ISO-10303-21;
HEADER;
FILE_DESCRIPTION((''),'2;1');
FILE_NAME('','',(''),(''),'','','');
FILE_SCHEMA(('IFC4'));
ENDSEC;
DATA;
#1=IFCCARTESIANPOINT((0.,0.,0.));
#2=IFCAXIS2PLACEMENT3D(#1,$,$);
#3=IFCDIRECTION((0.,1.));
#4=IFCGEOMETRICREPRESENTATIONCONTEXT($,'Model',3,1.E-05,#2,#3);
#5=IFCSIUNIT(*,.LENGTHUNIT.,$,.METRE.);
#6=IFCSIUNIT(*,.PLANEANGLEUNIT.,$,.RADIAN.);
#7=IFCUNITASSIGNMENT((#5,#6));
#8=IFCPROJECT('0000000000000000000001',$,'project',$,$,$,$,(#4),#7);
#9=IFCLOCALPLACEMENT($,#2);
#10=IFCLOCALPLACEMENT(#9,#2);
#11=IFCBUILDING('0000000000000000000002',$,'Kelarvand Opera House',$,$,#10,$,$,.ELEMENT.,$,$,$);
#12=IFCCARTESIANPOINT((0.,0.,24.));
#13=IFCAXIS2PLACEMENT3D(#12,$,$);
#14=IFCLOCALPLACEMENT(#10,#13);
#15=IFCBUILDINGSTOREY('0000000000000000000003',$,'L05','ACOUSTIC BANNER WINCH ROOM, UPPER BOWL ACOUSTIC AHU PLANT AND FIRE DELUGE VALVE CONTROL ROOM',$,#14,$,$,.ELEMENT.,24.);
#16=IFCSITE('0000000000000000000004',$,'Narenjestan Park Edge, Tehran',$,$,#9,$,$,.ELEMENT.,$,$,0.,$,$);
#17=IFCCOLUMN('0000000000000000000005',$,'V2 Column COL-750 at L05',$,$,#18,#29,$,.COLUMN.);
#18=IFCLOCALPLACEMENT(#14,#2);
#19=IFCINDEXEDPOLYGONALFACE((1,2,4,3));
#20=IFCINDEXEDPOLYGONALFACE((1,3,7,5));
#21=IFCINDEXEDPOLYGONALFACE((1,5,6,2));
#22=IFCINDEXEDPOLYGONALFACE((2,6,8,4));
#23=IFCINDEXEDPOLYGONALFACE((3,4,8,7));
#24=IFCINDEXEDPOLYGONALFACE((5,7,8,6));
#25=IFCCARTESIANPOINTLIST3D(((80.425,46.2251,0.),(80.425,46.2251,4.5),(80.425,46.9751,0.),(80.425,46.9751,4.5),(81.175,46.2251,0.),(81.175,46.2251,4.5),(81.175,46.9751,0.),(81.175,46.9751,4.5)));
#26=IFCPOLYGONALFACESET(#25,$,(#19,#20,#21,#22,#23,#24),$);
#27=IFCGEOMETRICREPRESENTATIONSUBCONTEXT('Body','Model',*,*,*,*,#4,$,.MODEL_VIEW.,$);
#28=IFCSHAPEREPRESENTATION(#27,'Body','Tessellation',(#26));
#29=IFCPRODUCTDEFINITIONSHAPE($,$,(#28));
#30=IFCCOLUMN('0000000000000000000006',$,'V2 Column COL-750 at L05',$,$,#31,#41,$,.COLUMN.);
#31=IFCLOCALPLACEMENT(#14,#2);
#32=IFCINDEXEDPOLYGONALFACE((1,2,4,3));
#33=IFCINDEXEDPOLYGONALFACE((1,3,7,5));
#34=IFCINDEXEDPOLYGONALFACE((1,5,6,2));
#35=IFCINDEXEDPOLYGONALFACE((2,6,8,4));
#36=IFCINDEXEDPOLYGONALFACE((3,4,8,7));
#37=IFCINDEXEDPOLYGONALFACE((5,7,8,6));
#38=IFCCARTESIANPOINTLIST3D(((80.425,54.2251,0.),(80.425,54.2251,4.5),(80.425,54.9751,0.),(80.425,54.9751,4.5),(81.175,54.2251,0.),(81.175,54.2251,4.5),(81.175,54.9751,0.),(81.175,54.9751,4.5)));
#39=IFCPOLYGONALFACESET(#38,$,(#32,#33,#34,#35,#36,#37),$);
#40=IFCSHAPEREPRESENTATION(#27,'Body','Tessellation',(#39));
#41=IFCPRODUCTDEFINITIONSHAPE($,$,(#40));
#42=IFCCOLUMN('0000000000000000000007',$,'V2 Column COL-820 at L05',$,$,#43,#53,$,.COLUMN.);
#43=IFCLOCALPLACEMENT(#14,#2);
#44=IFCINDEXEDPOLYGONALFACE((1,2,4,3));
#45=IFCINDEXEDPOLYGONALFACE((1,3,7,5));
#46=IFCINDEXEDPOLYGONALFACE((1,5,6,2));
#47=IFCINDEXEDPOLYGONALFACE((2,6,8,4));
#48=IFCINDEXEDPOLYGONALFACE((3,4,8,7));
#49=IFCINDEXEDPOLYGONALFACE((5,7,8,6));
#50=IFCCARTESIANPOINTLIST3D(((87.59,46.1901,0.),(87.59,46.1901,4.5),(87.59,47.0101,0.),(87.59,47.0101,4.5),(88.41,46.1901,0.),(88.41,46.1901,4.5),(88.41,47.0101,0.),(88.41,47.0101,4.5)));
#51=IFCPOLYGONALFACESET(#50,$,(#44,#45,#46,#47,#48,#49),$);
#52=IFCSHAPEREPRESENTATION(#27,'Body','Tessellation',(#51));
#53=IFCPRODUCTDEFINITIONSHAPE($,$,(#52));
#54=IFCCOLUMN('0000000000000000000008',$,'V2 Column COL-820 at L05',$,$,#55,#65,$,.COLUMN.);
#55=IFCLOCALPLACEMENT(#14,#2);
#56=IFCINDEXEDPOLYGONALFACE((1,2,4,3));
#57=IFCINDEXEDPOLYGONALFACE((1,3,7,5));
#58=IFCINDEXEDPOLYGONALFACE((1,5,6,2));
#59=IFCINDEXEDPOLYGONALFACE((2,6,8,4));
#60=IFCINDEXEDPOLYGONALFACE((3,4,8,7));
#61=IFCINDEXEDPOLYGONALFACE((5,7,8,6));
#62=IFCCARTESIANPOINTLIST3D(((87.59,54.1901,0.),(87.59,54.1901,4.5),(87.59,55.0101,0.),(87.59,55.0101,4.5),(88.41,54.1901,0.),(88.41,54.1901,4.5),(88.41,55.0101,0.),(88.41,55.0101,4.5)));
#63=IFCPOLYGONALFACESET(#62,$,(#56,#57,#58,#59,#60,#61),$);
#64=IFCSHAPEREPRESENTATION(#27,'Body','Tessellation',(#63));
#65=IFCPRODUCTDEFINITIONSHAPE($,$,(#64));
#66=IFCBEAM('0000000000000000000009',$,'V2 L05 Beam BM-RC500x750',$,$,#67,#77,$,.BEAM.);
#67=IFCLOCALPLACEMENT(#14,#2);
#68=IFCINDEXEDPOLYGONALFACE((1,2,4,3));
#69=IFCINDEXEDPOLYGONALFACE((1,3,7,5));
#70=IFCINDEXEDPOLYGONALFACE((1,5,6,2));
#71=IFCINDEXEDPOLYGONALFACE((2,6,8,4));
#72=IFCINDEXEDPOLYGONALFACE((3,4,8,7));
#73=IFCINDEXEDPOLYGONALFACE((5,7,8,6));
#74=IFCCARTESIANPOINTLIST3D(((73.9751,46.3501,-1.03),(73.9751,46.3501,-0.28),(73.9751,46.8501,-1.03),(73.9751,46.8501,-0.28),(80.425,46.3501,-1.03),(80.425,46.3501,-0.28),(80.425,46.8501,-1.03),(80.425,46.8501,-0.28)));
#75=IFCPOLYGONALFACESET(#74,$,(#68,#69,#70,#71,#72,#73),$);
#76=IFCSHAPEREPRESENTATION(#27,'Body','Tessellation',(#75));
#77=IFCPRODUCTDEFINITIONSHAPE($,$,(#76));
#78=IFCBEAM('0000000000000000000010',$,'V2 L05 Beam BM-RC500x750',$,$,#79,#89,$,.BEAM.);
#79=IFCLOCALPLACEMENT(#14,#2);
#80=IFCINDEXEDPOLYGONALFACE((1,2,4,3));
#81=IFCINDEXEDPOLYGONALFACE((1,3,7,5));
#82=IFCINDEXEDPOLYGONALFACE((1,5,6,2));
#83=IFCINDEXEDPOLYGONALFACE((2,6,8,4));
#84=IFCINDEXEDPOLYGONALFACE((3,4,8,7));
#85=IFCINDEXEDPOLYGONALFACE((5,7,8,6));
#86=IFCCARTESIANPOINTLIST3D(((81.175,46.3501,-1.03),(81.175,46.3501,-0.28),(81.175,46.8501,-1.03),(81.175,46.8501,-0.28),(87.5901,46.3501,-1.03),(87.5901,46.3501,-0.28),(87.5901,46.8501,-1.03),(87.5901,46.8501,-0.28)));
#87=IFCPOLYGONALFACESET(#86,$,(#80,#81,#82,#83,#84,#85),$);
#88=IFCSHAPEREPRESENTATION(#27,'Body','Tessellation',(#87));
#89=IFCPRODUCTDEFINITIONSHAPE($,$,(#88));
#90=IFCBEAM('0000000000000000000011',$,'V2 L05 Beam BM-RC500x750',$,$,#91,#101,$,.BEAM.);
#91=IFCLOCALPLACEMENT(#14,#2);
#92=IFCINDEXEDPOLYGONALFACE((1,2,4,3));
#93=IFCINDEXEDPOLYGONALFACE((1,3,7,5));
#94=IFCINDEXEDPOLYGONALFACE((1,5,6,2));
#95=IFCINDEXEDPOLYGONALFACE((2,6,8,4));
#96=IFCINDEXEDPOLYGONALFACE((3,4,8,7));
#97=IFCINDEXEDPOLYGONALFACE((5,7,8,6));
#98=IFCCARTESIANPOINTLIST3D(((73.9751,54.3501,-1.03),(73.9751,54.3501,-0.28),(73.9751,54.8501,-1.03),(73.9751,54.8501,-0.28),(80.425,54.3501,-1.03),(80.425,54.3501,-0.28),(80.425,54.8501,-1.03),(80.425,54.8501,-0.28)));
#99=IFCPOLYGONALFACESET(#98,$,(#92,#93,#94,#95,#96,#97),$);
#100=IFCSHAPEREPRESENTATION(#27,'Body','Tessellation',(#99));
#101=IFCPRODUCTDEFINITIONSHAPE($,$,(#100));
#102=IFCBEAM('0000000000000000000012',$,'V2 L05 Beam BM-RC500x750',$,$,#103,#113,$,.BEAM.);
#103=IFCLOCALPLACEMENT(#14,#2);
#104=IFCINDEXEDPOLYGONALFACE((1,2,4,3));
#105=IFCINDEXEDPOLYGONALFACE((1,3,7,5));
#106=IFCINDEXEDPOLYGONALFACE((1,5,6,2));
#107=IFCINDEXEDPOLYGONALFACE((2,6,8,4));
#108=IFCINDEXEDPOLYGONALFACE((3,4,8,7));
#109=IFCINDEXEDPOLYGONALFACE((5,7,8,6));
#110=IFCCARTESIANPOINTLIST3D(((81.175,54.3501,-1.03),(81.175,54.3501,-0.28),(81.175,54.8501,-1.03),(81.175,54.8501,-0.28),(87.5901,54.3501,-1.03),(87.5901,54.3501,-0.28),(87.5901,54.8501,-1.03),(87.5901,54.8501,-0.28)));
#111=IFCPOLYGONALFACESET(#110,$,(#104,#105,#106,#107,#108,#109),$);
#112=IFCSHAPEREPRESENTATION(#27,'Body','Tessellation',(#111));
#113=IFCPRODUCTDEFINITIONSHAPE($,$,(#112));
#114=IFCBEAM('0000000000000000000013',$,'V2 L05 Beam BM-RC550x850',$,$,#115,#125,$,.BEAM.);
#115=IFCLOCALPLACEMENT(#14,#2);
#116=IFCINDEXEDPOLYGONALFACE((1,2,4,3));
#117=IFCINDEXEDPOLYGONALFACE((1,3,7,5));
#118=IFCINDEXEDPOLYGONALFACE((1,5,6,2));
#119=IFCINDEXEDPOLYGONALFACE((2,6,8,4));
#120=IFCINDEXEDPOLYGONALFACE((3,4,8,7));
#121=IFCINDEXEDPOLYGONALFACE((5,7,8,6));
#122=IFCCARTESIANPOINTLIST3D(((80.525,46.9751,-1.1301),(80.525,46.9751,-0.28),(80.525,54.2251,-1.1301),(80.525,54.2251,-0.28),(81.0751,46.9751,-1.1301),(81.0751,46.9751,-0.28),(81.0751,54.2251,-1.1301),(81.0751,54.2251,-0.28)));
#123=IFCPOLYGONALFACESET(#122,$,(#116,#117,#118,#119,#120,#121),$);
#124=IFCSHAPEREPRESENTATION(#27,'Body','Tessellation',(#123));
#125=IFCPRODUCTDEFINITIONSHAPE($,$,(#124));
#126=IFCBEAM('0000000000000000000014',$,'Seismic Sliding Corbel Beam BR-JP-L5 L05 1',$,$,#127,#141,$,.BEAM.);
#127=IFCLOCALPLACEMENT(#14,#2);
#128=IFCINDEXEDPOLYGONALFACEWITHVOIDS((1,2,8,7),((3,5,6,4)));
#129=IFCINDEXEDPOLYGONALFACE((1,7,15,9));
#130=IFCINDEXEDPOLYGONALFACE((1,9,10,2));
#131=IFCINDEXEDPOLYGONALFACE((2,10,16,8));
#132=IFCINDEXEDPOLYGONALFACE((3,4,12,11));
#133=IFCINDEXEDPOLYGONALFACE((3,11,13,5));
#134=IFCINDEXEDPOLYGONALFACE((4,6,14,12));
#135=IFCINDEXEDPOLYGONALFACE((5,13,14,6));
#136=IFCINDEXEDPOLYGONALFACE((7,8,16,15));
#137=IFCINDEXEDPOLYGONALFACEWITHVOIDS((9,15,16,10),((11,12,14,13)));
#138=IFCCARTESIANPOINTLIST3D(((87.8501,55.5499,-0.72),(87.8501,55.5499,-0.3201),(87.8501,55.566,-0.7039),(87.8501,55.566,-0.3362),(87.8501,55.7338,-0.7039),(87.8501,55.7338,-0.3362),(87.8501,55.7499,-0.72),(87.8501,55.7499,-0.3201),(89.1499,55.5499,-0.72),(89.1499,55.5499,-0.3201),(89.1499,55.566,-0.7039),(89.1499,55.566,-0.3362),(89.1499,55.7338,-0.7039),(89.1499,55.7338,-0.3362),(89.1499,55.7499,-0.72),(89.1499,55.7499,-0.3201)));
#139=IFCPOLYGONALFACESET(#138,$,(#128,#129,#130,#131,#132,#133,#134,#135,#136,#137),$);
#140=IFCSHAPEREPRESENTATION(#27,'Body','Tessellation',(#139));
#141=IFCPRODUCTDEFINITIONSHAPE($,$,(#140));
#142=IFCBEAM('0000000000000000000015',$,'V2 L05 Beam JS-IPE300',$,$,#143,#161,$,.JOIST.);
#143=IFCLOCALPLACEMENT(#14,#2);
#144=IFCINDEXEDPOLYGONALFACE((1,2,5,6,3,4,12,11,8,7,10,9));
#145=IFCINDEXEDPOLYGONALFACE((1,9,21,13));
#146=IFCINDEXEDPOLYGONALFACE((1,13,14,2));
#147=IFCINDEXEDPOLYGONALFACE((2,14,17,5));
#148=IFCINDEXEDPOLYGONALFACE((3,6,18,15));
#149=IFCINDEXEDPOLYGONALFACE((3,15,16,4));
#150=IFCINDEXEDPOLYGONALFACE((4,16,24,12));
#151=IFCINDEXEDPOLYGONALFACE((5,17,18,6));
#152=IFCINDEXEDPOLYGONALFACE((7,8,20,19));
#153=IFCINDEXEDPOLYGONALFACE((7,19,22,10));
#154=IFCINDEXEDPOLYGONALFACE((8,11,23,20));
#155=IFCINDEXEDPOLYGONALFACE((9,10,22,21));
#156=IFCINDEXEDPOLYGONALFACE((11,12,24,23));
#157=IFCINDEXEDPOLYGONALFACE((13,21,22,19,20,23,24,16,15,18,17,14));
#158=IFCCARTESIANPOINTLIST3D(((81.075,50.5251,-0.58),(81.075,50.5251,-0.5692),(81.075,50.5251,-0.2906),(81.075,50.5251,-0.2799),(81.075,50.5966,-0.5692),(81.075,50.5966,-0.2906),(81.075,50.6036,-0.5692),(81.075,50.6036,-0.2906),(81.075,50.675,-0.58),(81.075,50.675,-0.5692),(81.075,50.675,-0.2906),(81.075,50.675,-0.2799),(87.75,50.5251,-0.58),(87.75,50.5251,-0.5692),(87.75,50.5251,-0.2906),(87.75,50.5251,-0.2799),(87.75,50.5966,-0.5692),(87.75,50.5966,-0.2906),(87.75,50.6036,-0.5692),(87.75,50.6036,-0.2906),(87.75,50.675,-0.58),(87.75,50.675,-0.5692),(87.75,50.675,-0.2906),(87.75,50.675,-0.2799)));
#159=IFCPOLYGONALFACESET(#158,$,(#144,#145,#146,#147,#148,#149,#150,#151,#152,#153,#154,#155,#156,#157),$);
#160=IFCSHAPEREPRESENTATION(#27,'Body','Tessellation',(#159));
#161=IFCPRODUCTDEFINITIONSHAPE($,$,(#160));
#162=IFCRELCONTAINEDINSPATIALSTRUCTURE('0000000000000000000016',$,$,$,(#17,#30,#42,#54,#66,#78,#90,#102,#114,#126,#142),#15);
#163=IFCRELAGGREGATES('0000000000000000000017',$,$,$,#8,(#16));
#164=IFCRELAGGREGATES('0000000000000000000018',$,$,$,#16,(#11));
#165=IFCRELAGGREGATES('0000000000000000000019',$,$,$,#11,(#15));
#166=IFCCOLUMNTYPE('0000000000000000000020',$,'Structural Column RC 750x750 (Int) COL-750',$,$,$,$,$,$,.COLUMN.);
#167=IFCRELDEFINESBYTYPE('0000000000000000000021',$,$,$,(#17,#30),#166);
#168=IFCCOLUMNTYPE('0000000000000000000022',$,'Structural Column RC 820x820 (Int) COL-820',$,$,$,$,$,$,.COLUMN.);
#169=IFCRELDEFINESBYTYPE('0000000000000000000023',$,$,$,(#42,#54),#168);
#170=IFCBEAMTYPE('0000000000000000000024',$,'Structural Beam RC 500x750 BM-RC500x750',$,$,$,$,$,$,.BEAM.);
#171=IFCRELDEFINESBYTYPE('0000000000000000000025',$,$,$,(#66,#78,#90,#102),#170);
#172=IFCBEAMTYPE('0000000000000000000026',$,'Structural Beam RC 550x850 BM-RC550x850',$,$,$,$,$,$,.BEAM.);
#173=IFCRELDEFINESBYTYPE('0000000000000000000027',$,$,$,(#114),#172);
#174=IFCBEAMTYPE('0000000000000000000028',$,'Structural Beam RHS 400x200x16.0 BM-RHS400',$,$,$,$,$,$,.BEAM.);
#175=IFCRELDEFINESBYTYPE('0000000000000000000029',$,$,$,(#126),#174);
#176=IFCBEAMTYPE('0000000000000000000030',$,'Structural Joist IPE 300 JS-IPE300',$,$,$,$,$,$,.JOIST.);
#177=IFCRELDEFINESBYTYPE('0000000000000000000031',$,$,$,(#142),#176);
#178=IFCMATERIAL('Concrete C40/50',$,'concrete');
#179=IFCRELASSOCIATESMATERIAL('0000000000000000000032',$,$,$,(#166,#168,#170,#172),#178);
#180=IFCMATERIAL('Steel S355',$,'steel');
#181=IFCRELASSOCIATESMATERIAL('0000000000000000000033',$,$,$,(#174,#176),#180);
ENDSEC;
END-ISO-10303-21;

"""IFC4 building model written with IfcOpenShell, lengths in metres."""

from ifc_helpers import new_model, si_unit, direction, frame, origin, origin_2d, place, context, subcontext, project, spatial, rectangle, hollow_rectangle, i_section, extrude, material, material_profile, profile_set, type_object, element, save


model = new_model("IFC4")

# Units and contexts
model_context = context("Model", 3, precision=1e-05, world=origin(), true_north=direction((0.0, 1.0)))
body_context = subcontext(model_context, "Body", "Model", "MODEL_VIEW")
ifc_project = project(units=[si_unit("LENGTHUNIT", "METRE"), si_unit("PLANEANGLEUNIT", "RADIAN")], contexts=[model_context])

# Site, building, storey
site_placement = place(None, origin())
site = spatial("IfcSite", under=ifc_project, at=site_placement, Name="Narenjestan Park Edge, Tehran", CompositionType="ELEMENT", RefElevation=0.0)
building_placement = place(site_placement, origin())
building = spatial("IfcBuilding", under=site, at=building_placement, Name="Kelarvand Opera House", CompositionType="ELEMENT")
storey_placement = place(building_placement, frame((0.0, 0.0, 24.0)))
storey = spatial("IfcBuildingStorey", under=building, at=storey_placement, Name="L05", Description="ACOUSTIC BANNER WINCH ROOM, UPPER BOWL ACOUSTIC AHU PLANT AND FIRE DELUGE VALVE CONTROL ROOM", CompositionType="ELEMENT", Elevation=24.0)

# Columns
ifc_material_1 = material(Name="Concrete C40/50", Category="concrete")
ifc_material_profile_1 = material_profile(ifc_material_1, rectangle(XDim=0.75, YDim=0.75, at=origin_2d()), Name="RC 750x750", Category="concrete")
ifc_profile_set_1 = profile_set([ifc_material_profile_1], Name="Concrete C40/50")
column_type_1 = type_object("IfcColumnType", Name="Structural Column RC 750x750 (Int) COL-750", PredefinedType="COLUMN", material=ifc_profile_set_1)
for number, where, z_axis, x_axis, name in (
    (1, (80.8, 46.6001, 0.0), (0.0, 0.0, 1.0), (1.0, 0.0, 0.0), "V2 Column COL-750 at L05"),
    (2, (80.8, 54.6001, 0.0), (0.0, 0.0, 1.0), (1.0, 0.0, 0.0), "V2 Column COL-750 at L05"),
):
    element("IfcColumn", number, at=place(storey_placement, frame(where, z_axis=z_axis, x_axis=x_axis)), inside=storey, type_object=column_type_1, Name=name, PredefinedType="COLUMN", context=body_context, shape_type="SweptSolid", body=[
        extrude(rectangle(XDim=0.75, YDim=0.75, at=origin_2d()), origin(), (0.0, 0.0, 1.0), 4.5),
    ])
ifc_material_profile_2 = material_profile(ifc_material_1, rectangle(XDim=0.8201, YDim=0.8201, at=origin_2d()), Name="RC 820x820", Category="concrete")
ifc_profile_set_2 = profile_set([ifc_material_profile_2], Name="Concrete C40/50")
column_type_2 = type_object("IfcColumnType", Name="Structural Column RC 820x820 (Int) COL-820", PredefinedType="COLUMN", material=ifc_profile_set_2)
for number, where, z_axis, x_axis, name in (
    (3, (88.0, 46.6001, 0.0), (0.0, 0.0, 1.0), (1.0, 0.0, 0.0), "V2 Column COL-820 at L05"),
    (4, (88.0, 54.6001, 0.0), (0.0, 0.0, 1.0), (1.0, 0.0, 0.0), "V2 Column COL-820 at L05"),
):
    element("IfcColumn", number, at=place(storey_placement, frame(where, z_axis=z_axis, x_axis=x_axis)), inside=storey, type_object=column_type_2, Name=name, PredefinedType="COLUMN", context=body_context, shape_type="SweptSolid", body=[
        extrude(rectangle(XDim=0.8201, YDim=0.8201, at=origin_2d()), origin(), (0.0, 0.0, 1.0), 4.5),
    ])

# Beams
ifc_material_profile_3 = material_profile(ifc_material_1, rectangle(XDim=0.5, YDim=0.75, at=origin_2d()), Name="RC 500x750", Category="concrete")
ifc_profile_set_3 = profile_set([ifc_material_profile_3], Name="Concrete C40/50")
beam_type_1 = type_object("IfcBeamType", Name="Structural Beam RC 500x750 BM-RC500x750", PredefinedType="BEAM", material=ifc_profile_set_3)
beam_1_placement = place(storey_placement, frame((73.9751, 46.6001, -0.655), z_axis=(1.0, 0.0, 0.0), x_axis=(0.0, 1.0, 0.0)))
element("IfcBeam", 5, at=beam_1_placement, inside=storey, type_object=beam_type_1, Name="V2 L05 Beam BM-RC500x750", PredefinedType="BEAM", context=body_context, shape_type="SweptSolid", body=[
    extrude(rectangle(XDim=0.5, YDim=0.75, at=origin_2d()), origin(), (0.0, 0.0, 1.0), 6.45),
])
beam_2_placement = place(storey_placement, frame((81.175, 46.6001, -0.655), z_axis=(1.0, 0.0, 0.0), x_axis=(0.0, 1.0, 0.0)))
element("IfcBeam", 6, at=beam_2_placement, inside=storey, type_object=beam_type_1, Name="V2 L05 Beam BM-RC500x750", PredefinedType="BEAM", context=body_context, shape_type="SweptSolid", body=[
    extrude(rectangle(XDim=0.5, YDim=0.75, at=origin_2d()), origin(), (0.0, 0.0, 1.0), 6.415),
])
beam_3_placement = place(storey_placement, frame((73.9751, 54.6001, -0.655), z_axis=(1.0, 0.0, 0.0), x_axis=(0.0, 1.0, 0.0)))
element("IfcBeam", 7, at=beam_3_placement, inside=storey, type_object=beam_type_1, Name="V2 L05 Beam BM-RC500x750", PredefinedType="BEAM", context=body_context, shape_type="SweptSolid", body=[
    extrude(rectangle(XDim=0.5, YDim=0.75, at=origin_2d()), origin(), (0.0, 0.0, 1.0), 6.45),
])
beam_4_placement = place(storey_placement, frame((81.175, 54.6001, -0.655), z_axis=(1.0, 0.0, 0.0), x_axis=(0.0, 1.0, 0.0)))
element("IfcBeam", 8, at=beam_4_placement, inside=storey, type_object=beam_type_1, Name="V2 L05 Beam BM-RC500x750", PredefinedType="BEAM", context=body_context, shape_type="SweptSolid", body=[
    extrude(rectangle(XDim=0.5, YDim=0.75, at=origin_2d()), origin(), (0.0, 0.0, 1.0), 6.415),
])
ifc_material_profile_4 = material_profile(ifc_material_1, rectangle(XDim=0.55, YDim=0.8501, at=origin_2d()), Name="RC 550x850", Category="concrete")
ifc_profile_set_4 = profile_set([ifc_material_profile_4], Name="Concrete C40/50")
beam_type_2 = type_object("IfcBeamType", Name="Structural Beam RC 550x850 BM-RC550x850", PredefinedType="BEAM", material=ifc_profile_set_4)
beam_5_placement = place(storey_placement, frame((80.8, 46.9751, -0.7051), z_axis=(0.0, 1.0, 0.0), x_axis=(-1.0, 0.0, 0.0)))
element("IfcBeam", 9, at=beam_5_placement, inside=storey, type_object=beam_type_2, Name="V2 L05 Beam BM-RC550x850", PredefinedType="BEAM", context=body_context, shape_type="SweptSolid", body=[
    extrude(rectangle(XDim=0.55, YDim=0.8501, at=origin_2d()), origin(), (0.0, 0.0, 1.0), 7.25),
])
ifc_material_2 = material(Name="Steel S355", Category="steel")
ifc_material_profile_5 = material_profile(ifc_material_2, hollow_rectangle(XDim=0.2, YDim=0.3999, WallThickness=0.0161, at=origin_2d()), Name="RHS 400x200x16.0", Category="steel")
ifc_profile_set_5 = profile_set([ifc_material_profile_5], Name="Steel S355")
beam_type_3 = type_object("IfcBeamType", Name="Structural Beam RHS 400x200x16.0 BM-RHS400", PredefinedType="BEAM", material=ifc_profile_set_5)
beam_6_placement = place(storey_placement, frame((87.8501, 55.6499, -0.52), z_axis=(1.0, 0.0, 0.0), x_axis=(0.0, 1.0, 0.0)))
element("IfcBeam", 10, at=beam_6_placement, inside=storey, type_object=beam_type_3, Name="Seismic Sliding Corbel Beam BR-JP-L5 L05 1", PredefinedType="BEAM", context=body_context, shape_type="SweptSolid", body=[
    extrude(hollow_rectangle(XDim=0.2, YDim=0.3999, WallThickness=0.0161, at=origin_2d()), origin(), (0.0, 0.0, 1.0), 1.2998),
])
ifc_material_profile_6 = material_profile(ifc_material_2, i_section(OverallWidth=0.1499, OverallDepth=0.3, WebThickness=0.0071, FlangeThickness=0.0107, at=origin_2d()), Name="IPE 300", Category="steel")
ifc_profile_set_6 = profile_set([ifc_material_profile_6], Name="Steel S355")
beam_type_4 = type_object("IfcBeamType", Name="Structural Joist IPE 300 JS-IPE300", PredefinedType="JOIST", material=ifc_profile_set_6)
beam_7_placement = place(storey_placement, frame((81.075, 50.6001, -0.4299), z_axis=(1.0, 0.0, 0.0), x_axis=(0.0, 1.0, 0.0)))
element("IfcBeam", 11, at=beam_7_placement, inside=storey, type_object=beam_type_4, Name="V2 L05 Beam JS-IPE300", PredefinedType="JOIST", context=body_context, shape_type="SweptSolid", body=[
    extrude(i_section(OverallWidth=0.1499, OverallDepth=0.3, WebThickness=0.0071, FlangeThickness=0.0107, at=origin_2d()), origin(), (0.0, 0.0, 1.0), 6.675),
])

save(model, "model.ifc")
